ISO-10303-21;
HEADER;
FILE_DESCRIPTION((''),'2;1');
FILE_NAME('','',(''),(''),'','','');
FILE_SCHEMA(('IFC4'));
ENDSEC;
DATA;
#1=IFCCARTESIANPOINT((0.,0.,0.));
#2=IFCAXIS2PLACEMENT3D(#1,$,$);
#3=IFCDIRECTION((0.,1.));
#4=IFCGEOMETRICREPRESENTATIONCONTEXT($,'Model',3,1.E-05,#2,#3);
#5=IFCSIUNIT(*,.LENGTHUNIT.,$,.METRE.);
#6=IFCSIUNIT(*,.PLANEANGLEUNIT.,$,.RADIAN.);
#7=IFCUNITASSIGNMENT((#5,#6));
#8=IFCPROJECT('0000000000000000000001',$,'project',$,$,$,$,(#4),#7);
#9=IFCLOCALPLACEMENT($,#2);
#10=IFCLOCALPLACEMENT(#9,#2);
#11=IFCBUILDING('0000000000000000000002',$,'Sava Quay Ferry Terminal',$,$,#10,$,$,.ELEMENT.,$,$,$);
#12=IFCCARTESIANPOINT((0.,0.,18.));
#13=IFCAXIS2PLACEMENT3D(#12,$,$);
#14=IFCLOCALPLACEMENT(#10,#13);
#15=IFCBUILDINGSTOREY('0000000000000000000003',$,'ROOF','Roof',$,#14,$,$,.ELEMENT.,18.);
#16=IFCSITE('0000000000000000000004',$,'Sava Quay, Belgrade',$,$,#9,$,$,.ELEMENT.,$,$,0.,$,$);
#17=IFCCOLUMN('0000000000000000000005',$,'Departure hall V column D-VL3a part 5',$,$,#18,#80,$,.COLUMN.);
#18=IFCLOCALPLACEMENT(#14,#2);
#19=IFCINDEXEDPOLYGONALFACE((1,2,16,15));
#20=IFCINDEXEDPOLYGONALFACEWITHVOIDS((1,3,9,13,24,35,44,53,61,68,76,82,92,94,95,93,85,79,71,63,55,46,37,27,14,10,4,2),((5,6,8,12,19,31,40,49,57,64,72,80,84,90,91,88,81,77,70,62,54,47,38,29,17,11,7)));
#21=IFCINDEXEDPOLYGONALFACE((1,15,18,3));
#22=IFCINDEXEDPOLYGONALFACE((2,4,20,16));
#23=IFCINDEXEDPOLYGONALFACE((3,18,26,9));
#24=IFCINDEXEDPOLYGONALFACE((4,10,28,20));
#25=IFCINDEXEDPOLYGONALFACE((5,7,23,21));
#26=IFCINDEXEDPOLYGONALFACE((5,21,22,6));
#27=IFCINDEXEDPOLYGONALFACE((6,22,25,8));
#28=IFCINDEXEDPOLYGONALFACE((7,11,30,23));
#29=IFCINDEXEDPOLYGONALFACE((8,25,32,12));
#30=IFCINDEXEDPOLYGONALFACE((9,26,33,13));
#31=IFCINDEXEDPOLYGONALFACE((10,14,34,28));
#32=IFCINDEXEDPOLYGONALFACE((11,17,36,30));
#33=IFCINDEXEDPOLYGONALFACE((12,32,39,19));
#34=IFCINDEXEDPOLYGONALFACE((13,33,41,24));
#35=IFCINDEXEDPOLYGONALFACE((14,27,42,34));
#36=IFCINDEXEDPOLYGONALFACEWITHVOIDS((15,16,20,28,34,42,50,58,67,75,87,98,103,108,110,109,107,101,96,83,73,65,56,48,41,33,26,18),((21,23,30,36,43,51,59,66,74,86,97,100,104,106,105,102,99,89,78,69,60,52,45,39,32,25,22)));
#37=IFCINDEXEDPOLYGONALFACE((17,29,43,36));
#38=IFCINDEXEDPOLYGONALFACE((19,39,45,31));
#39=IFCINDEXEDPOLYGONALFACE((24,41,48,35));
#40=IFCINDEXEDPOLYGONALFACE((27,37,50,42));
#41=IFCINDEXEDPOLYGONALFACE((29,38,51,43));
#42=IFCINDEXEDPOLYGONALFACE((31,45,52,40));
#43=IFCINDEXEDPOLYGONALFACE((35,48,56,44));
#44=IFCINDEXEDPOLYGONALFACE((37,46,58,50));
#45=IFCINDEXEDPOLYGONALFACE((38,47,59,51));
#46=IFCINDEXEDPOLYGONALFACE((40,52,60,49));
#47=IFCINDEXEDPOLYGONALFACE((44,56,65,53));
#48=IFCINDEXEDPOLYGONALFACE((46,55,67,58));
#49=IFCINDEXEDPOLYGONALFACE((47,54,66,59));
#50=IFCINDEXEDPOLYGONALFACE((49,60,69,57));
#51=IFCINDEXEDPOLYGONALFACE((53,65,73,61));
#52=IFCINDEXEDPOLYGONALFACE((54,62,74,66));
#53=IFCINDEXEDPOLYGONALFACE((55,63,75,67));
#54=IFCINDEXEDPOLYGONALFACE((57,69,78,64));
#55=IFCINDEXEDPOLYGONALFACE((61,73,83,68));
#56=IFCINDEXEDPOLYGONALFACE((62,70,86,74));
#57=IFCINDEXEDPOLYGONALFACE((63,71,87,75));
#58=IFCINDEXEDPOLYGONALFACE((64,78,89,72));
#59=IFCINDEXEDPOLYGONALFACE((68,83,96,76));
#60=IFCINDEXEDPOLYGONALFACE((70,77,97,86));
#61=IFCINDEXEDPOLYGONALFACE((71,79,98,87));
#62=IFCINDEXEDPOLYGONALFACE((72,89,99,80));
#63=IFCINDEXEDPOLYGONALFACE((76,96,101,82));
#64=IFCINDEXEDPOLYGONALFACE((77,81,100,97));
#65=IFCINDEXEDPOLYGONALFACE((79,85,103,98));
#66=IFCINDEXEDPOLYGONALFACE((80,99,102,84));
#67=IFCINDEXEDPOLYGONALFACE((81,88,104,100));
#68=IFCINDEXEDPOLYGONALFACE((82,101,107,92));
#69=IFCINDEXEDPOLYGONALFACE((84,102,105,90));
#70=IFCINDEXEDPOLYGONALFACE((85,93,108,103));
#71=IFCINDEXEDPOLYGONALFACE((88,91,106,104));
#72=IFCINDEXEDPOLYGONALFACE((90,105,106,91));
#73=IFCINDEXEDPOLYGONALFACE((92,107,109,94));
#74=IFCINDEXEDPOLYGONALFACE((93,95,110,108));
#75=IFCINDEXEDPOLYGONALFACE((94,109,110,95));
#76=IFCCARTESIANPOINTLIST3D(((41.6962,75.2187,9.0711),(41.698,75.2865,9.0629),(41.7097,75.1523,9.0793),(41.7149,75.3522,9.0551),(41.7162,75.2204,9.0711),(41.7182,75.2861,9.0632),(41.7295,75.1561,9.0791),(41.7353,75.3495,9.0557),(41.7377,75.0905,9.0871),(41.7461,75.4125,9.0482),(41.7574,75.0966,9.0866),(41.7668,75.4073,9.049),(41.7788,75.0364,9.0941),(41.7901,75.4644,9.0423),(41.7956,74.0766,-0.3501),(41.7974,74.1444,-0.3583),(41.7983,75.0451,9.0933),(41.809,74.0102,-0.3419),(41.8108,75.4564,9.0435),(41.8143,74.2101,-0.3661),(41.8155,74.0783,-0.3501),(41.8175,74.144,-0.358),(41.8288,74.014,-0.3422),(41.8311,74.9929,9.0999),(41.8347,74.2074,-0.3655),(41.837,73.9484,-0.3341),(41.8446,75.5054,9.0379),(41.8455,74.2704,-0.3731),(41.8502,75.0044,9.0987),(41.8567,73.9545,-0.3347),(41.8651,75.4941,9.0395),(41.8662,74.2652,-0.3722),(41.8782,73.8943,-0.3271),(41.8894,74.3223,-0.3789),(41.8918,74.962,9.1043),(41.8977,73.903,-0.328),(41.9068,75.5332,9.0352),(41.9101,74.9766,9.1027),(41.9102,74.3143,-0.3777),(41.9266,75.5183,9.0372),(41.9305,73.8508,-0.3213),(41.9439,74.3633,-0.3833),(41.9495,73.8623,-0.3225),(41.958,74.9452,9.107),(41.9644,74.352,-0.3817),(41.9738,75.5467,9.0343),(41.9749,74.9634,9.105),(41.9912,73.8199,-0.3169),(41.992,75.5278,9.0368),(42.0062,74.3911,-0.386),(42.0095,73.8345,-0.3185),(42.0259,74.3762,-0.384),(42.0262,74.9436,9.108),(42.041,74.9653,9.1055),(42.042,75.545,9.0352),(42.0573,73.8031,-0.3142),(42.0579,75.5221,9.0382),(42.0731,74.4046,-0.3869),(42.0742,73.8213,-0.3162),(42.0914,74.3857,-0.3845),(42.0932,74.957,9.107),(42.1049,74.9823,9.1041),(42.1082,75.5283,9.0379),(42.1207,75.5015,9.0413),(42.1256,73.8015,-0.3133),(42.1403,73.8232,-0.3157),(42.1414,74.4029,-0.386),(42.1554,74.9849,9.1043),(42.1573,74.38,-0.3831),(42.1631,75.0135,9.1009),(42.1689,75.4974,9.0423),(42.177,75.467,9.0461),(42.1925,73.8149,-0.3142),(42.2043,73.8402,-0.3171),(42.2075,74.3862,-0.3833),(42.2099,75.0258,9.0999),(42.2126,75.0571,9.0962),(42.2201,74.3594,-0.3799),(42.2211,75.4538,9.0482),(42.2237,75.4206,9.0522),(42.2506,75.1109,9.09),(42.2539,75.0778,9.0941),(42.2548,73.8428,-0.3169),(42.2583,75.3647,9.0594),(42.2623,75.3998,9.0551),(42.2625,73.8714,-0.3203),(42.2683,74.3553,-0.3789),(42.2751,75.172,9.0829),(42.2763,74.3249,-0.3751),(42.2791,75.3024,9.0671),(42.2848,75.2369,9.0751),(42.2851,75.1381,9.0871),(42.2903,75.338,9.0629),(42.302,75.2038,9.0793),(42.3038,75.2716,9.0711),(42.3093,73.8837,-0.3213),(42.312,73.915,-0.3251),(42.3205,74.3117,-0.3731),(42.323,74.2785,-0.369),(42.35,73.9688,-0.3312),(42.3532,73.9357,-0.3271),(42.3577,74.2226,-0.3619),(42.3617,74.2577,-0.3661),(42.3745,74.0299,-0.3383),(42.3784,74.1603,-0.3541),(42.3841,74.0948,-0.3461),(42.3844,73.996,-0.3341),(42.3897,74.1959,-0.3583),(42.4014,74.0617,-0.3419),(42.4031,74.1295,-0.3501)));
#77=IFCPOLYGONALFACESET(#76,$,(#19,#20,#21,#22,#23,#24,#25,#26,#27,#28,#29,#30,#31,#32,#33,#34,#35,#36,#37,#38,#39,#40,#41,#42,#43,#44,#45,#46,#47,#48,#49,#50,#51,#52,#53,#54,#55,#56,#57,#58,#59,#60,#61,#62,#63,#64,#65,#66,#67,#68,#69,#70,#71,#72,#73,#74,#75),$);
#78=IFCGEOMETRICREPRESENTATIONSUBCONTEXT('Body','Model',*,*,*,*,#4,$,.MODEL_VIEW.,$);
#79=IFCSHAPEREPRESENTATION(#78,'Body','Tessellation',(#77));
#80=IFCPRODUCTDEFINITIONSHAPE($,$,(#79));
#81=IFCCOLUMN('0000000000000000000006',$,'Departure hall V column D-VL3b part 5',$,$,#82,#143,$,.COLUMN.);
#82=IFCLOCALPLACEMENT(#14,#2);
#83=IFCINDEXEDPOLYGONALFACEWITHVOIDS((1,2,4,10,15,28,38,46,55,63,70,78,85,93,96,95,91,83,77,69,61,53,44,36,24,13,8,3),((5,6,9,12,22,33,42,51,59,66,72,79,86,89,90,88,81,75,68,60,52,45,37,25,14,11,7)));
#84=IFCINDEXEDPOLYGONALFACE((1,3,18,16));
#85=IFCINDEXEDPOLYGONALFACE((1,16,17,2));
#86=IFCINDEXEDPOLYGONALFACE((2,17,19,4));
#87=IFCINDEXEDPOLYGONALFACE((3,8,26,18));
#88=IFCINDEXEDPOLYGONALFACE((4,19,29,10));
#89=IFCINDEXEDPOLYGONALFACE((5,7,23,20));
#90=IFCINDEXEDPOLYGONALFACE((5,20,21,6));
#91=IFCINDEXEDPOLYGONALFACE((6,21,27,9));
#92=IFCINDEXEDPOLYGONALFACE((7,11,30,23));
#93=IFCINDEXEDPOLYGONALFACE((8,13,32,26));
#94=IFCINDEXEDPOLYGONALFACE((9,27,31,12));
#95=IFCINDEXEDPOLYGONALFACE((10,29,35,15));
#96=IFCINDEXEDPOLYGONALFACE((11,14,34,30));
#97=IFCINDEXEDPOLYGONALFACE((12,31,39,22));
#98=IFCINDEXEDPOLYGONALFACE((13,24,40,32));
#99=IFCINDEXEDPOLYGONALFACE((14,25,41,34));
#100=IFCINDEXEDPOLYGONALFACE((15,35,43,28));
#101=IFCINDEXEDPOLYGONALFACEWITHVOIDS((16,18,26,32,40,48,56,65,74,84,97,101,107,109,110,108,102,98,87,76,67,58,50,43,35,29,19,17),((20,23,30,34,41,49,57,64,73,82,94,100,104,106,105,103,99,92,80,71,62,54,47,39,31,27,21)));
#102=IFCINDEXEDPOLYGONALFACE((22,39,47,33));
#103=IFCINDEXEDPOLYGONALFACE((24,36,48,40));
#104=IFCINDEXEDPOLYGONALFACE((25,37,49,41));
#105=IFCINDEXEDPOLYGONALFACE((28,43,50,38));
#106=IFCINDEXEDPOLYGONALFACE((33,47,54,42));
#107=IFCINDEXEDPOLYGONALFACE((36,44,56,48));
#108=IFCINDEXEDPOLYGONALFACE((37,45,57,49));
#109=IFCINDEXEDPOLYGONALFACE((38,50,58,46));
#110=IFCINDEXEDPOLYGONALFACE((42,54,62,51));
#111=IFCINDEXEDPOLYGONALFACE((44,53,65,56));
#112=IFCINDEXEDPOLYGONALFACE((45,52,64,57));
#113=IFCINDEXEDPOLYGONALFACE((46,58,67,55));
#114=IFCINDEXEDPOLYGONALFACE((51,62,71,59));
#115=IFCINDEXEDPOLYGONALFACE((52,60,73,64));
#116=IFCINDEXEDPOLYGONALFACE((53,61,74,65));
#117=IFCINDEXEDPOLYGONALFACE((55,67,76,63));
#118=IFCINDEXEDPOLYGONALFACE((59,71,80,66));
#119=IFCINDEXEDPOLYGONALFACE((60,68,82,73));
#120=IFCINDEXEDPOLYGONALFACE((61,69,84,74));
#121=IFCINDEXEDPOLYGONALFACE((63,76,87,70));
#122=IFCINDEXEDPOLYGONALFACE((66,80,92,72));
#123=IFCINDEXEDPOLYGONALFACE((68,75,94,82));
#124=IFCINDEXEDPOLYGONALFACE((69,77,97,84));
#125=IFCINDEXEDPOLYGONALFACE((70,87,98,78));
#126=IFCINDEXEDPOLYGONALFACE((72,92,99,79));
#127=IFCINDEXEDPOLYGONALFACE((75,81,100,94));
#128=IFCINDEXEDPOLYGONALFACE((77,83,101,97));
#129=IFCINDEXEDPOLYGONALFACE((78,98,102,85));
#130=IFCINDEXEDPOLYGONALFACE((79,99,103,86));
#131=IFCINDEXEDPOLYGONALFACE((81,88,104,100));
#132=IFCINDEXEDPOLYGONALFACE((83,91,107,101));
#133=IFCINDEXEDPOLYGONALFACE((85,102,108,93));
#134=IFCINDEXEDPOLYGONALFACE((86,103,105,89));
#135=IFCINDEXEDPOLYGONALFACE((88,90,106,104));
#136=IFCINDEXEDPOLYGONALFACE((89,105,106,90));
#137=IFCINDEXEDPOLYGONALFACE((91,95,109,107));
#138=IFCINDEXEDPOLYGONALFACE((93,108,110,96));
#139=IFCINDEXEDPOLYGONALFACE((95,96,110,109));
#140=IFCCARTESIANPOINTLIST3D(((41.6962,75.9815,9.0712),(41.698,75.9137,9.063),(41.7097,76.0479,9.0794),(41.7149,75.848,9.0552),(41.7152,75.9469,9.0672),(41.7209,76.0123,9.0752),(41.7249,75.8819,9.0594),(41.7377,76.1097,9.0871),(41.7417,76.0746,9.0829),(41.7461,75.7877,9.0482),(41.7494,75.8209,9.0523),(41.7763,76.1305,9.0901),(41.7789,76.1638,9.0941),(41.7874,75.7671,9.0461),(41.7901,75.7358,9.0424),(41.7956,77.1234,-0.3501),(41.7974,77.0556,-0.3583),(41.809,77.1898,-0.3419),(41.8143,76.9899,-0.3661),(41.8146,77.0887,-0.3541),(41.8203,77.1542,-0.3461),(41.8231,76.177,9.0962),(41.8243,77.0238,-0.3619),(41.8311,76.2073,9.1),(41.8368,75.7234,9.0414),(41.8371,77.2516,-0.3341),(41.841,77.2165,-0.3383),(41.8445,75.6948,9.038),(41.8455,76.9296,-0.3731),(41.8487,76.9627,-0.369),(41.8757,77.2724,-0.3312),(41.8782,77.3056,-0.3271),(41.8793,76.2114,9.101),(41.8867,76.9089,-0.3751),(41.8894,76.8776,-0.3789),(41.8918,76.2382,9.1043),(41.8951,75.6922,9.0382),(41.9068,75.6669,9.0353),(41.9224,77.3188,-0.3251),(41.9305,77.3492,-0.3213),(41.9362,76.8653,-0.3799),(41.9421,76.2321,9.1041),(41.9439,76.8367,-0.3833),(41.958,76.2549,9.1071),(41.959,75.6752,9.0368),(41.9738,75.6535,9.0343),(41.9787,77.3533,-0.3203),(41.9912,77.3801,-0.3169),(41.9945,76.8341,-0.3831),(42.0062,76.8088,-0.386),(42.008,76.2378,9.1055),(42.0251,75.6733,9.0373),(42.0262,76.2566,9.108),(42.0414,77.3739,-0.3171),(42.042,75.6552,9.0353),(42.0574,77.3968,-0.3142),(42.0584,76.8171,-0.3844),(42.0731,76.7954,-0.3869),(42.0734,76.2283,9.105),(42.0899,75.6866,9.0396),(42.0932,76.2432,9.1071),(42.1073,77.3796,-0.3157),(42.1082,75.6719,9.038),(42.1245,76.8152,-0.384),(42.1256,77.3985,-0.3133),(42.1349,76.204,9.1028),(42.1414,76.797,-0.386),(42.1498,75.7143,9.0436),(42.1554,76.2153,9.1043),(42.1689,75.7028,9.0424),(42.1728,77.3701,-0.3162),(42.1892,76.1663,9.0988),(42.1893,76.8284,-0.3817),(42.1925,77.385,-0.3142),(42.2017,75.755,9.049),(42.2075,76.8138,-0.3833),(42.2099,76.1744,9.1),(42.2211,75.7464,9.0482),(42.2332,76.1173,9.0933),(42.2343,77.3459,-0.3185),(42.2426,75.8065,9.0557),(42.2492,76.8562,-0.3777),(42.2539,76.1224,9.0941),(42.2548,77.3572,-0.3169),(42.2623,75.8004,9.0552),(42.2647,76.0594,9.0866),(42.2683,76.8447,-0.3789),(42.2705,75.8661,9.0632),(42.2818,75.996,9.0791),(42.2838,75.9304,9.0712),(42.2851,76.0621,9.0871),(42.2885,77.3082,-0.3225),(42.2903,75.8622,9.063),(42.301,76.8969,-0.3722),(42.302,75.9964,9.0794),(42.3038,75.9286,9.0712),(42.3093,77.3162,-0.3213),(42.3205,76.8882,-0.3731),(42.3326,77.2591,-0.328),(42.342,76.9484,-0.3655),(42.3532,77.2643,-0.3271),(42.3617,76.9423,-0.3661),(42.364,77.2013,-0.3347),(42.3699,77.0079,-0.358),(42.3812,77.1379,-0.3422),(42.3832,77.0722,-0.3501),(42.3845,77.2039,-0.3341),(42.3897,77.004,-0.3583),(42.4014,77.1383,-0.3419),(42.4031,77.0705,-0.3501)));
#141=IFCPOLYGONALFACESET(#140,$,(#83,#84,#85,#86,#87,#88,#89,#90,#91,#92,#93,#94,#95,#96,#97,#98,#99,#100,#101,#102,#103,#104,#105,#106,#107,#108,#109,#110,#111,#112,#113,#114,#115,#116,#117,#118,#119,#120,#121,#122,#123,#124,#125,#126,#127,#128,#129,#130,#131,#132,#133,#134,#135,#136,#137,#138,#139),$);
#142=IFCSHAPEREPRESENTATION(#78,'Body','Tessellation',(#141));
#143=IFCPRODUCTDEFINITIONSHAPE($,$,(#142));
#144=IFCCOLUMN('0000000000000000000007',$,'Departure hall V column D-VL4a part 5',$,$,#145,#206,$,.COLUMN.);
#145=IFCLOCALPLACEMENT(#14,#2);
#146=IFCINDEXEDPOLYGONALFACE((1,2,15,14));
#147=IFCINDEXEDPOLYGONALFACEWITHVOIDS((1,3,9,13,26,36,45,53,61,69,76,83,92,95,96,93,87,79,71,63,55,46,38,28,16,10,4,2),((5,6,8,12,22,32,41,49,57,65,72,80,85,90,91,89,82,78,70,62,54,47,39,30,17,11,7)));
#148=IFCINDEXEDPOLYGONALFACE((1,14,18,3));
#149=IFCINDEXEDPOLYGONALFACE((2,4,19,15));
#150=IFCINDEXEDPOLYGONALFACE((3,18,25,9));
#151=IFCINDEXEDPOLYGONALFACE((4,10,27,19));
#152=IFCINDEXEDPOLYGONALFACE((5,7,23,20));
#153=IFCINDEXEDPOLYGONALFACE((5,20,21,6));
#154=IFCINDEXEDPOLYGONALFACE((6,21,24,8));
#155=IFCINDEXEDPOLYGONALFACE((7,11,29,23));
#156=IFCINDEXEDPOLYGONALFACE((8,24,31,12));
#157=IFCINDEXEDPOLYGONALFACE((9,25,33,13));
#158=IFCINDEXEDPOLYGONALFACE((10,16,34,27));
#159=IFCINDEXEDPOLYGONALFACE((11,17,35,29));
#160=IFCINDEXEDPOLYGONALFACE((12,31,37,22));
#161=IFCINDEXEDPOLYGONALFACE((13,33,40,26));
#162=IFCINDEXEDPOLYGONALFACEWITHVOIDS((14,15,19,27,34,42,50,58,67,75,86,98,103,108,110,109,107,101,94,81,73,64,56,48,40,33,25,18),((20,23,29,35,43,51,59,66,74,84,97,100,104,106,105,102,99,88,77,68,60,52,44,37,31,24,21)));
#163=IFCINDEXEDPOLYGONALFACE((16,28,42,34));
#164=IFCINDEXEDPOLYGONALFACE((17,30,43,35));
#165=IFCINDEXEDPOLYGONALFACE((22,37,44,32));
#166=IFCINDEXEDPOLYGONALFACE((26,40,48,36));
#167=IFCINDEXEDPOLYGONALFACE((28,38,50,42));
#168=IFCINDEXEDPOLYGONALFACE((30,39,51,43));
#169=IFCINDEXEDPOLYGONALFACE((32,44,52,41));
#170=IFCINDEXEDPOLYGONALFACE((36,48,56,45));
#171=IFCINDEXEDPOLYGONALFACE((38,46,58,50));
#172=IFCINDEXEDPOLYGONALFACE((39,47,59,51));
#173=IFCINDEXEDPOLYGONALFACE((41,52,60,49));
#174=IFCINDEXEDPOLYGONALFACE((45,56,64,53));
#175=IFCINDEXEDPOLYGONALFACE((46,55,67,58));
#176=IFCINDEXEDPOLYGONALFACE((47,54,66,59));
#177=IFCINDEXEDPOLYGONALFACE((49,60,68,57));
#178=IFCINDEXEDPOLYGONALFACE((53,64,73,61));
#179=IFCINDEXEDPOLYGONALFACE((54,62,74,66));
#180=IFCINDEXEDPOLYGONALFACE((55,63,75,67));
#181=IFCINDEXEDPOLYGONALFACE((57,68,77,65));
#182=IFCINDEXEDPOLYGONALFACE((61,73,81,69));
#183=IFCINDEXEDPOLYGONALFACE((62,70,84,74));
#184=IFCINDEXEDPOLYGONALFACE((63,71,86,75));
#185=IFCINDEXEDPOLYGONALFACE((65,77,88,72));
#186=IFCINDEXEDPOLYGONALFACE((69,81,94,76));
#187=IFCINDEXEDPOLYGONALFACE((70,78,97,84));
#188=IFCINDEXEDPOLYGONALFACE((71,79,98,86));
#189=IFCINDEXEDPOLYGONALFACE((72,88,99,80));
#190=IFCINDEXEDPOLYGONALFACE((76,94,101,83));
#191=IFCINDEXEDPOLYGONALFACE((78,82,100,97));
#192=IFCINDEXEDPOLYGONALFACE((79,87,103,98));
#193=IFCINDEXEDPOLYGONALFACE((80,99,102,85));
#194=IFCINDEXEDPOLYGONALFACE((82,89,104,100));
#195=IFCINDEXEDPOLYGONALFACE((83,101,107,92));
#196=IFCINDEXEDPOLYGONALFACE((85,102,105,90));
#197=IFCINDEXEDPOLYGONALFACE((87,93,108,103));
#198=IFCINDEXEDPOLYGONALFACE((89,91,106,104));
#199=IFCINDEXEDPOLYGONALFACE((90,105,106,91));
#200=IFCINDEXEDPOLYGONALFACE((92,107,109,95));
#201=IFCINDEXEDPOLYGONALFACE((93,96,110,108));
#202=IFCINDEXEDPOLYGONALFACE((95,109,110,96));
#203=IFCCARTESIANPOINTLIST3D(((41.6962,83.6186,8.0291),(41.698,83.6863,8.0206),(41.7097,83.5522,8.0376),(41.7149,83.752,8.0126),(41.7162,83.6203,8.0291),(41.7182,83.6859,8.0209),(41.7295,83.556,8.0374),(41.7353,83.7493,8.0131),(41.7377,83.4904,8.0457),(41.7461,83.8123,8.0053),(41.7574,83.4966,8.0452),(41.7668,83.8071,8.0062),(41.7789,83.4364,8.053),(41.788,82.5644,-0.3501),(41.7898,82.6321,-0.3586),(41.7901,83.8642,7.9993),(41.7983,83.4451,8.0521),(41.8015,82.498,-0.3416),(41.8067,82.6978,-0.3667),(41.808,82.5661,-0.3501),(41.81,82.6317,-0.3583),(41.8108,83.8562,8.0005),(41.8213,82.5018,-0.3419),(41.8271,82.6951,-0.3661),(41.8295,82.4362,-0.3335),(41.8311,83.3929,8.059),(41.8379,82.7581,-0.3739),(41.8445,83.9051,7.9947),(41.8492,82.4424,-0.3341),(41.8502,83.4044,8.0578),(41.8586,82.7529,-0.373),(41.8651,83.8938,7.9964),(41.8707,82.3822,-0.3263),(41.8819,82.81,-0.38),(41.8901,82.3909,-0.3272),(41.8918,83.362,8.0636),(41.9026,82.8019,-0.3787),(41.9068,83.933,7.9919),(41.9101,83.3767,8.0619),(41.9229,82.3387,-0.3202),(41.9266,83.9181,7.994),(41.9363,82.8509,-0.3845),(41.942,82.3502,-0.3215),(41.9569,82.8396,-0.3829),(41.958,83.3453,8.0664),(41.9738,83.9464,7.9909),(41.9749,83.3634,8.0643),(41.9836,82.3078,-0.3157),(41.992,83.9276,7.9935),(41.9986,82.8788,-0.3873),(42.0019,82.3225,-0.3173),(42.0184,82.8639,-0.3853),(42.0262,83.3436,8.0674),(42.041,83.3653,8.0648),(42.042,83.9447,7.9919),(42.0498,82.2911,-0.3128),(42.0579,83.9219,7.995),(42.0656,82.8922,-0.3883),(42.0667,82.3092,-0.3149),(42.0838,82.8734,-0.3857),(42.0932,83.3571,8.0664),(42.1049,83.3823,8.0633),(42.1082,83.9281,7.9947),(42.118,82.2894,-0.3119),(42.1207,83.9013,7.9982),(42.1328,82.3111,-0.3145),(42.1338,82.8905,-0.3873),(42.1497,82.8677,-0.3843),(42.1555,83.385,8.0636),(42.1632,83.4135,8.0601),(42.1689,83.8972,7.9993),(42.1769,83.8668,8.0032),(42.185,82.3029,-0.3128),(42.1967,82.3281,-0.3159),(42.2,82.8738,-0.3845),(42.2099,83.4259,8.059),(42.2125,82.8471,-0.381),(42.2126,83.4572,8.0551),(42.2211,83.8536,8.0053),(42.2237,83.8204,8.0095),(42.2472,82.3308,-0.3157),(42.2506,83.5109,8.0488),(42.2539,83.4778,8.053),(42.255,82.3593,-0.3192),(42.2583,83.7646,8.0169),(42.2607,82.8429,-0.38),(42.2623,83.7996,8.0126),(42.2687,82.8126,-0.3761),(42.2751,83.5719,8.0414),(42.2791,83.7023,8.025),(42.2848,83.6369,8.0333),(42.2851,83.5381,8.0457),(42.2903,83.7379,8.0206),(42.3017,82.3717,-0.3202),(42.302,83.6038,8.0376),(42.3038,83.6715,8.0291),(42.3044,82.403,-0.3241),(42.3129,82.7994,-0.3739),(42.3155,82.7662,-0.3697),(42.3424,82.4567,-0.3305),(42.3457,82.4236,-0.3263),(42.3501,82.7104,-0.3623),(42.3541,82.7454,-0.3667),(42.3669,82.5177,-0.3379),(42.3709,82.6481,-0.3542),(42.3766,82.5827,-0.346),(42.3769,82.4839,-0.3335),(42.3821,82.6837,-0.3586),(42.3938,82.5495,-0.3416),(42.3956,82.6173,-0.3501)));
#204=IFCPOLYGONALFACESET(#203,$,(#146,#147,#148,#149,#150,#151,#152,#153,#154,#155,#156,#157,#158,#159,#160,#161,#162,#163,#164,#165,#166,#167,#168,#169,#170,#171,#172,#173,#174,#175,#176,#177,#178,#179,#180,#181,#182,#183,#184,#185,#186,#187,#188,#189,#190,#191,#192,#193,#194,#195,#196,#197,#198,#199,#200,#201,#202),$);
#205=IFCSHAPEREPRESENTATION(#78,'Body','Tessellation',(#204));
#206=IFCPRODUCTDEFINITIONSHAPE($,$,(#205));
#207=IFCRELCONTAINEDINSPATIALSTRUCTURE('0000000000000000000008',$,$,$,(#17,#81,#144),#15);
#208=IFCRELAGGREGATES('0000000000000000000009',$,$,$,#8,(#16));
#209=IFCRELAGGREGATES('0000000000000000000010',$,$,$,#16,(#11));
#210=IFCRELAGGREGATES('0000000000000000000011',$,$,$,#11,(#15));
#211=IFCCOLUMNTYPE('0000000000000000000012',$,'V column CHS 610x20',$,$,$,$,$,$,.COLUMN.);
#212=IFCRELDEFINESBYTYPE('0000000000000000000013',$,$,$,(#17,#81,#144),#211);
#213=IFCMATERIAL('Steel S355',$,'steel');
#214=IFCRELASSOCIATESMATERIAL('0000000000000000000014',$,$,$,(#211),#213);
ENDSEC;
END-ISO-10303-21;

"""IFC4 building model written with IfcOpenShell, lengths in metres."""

from ifc_helpers import new_model, si_unit, direction, frame, origin, origin_2d, place, context, subcontext, project, spatial, hollow_circle, extrude, material, material_profile, profile_set, type_object, element, save


model = new_model("IFC4")

# Units and contexts
model_context = context("Model", 3, precision=1e-05, world=origin(), true_north=direction((0.0, 1.0)))
body_context = subcontext(model_context, "Body", "Model", "MODEL_VIEW")
ifc_project = project(units=[si_unit("LENGTHUNIT", "METRE"), si_unit("PLANEANGLEUNIT", "RADIAN")], contexts=[model_context])

# Site, building, storey
site_placement = place(None, origin())
site = spatial("IfcSite", under=ifc_project, at=site_placement, Name="Sava Quay, Belgrade", CompositionType="ELEMENT", RefElevation=0.0)
building_placement = place(site_placement, origin())
building = spatial("IfcBuilding", under=site, at=building_placement, Name="Sava Quay Ferry Terminal", CompositionType="ELEMENT")
storey_placement = place(building_placement, frame((0.0, 0.0, 18.0)))
storey = spatial("IfcBuildingStorey", under=building, at=storey_placement, Name="ROOF", Description="Roof", CompositionType="ELEMENT", Elevation=18.0)

# Columns
ifc_material_1 = material(Name="Steel S355", Category="steel")
ifc_material_profile = material_profile(ifc_material_1, hollow_circle(Radius=0.3049, WallThickness=0.02, at=origin_2d()), Name="CHS 610 x 20.0")
ifc_profile_set = profile_set([ifc_material_profile], Name="Steel S355")
column_type = type_object("IfcColumnType", Name="V column CHS 610x20", PredefinedType="COLUMN", material=ifc_profile_set)
for number, where, z_axis, x_axis, name in (
    (1, (42.0994, 74.103, -0.3501), (-0.01047, 0.120339, 0.992678), (-0.996237, -0.086676, 0.0), "Departure hall V column D-VL3a part 5"),
    (2, (42.0994, 77.0969, -0.3501), (-0.01047, -0.120313, 0.992681), (0.996235, -0.086694, 0.0), "Departure hall V column D-VL3b part 5"),
):
    element("IfcColumn", number, at=place(storey_placement, frame(where, z_axis=z_axis, x_axis=x_axis)), inside=storey, type_object=column_type, Name=name, PredefinedType="COLUMN", context=body_context, shape_type="SweptSolid", body=[
        extrude(hollow_circle(Radius=0.3049, WallThickness=0.02, at=origin_2d()), origin(), (0.0, 0.0, 1.0), 9.4907),
    ])
column_1_placement = place(storey_placement, frame((42.0918, 82.5908, -0.3501), z_axis=(-0.010869, 0.124821, 0.99212), x_axis=(-0.99623, -0.086749, 0.0)))
element("IfcColumn", 3, at=column_1_placement, inside=storey, type_object=column_type, Name="Departure hall V column D-VL4a part 5", PredefinedType="COLUMN", context=body_context, shape_type="SweptSolid", body=[
    extrude(hollow_circle(Radius=0.3049, WallThickness=0.02, at=origin_2d()), origin(), (0.0, 0.0, 1.0), 8.4458),
])

save(model, "model.ifc")
